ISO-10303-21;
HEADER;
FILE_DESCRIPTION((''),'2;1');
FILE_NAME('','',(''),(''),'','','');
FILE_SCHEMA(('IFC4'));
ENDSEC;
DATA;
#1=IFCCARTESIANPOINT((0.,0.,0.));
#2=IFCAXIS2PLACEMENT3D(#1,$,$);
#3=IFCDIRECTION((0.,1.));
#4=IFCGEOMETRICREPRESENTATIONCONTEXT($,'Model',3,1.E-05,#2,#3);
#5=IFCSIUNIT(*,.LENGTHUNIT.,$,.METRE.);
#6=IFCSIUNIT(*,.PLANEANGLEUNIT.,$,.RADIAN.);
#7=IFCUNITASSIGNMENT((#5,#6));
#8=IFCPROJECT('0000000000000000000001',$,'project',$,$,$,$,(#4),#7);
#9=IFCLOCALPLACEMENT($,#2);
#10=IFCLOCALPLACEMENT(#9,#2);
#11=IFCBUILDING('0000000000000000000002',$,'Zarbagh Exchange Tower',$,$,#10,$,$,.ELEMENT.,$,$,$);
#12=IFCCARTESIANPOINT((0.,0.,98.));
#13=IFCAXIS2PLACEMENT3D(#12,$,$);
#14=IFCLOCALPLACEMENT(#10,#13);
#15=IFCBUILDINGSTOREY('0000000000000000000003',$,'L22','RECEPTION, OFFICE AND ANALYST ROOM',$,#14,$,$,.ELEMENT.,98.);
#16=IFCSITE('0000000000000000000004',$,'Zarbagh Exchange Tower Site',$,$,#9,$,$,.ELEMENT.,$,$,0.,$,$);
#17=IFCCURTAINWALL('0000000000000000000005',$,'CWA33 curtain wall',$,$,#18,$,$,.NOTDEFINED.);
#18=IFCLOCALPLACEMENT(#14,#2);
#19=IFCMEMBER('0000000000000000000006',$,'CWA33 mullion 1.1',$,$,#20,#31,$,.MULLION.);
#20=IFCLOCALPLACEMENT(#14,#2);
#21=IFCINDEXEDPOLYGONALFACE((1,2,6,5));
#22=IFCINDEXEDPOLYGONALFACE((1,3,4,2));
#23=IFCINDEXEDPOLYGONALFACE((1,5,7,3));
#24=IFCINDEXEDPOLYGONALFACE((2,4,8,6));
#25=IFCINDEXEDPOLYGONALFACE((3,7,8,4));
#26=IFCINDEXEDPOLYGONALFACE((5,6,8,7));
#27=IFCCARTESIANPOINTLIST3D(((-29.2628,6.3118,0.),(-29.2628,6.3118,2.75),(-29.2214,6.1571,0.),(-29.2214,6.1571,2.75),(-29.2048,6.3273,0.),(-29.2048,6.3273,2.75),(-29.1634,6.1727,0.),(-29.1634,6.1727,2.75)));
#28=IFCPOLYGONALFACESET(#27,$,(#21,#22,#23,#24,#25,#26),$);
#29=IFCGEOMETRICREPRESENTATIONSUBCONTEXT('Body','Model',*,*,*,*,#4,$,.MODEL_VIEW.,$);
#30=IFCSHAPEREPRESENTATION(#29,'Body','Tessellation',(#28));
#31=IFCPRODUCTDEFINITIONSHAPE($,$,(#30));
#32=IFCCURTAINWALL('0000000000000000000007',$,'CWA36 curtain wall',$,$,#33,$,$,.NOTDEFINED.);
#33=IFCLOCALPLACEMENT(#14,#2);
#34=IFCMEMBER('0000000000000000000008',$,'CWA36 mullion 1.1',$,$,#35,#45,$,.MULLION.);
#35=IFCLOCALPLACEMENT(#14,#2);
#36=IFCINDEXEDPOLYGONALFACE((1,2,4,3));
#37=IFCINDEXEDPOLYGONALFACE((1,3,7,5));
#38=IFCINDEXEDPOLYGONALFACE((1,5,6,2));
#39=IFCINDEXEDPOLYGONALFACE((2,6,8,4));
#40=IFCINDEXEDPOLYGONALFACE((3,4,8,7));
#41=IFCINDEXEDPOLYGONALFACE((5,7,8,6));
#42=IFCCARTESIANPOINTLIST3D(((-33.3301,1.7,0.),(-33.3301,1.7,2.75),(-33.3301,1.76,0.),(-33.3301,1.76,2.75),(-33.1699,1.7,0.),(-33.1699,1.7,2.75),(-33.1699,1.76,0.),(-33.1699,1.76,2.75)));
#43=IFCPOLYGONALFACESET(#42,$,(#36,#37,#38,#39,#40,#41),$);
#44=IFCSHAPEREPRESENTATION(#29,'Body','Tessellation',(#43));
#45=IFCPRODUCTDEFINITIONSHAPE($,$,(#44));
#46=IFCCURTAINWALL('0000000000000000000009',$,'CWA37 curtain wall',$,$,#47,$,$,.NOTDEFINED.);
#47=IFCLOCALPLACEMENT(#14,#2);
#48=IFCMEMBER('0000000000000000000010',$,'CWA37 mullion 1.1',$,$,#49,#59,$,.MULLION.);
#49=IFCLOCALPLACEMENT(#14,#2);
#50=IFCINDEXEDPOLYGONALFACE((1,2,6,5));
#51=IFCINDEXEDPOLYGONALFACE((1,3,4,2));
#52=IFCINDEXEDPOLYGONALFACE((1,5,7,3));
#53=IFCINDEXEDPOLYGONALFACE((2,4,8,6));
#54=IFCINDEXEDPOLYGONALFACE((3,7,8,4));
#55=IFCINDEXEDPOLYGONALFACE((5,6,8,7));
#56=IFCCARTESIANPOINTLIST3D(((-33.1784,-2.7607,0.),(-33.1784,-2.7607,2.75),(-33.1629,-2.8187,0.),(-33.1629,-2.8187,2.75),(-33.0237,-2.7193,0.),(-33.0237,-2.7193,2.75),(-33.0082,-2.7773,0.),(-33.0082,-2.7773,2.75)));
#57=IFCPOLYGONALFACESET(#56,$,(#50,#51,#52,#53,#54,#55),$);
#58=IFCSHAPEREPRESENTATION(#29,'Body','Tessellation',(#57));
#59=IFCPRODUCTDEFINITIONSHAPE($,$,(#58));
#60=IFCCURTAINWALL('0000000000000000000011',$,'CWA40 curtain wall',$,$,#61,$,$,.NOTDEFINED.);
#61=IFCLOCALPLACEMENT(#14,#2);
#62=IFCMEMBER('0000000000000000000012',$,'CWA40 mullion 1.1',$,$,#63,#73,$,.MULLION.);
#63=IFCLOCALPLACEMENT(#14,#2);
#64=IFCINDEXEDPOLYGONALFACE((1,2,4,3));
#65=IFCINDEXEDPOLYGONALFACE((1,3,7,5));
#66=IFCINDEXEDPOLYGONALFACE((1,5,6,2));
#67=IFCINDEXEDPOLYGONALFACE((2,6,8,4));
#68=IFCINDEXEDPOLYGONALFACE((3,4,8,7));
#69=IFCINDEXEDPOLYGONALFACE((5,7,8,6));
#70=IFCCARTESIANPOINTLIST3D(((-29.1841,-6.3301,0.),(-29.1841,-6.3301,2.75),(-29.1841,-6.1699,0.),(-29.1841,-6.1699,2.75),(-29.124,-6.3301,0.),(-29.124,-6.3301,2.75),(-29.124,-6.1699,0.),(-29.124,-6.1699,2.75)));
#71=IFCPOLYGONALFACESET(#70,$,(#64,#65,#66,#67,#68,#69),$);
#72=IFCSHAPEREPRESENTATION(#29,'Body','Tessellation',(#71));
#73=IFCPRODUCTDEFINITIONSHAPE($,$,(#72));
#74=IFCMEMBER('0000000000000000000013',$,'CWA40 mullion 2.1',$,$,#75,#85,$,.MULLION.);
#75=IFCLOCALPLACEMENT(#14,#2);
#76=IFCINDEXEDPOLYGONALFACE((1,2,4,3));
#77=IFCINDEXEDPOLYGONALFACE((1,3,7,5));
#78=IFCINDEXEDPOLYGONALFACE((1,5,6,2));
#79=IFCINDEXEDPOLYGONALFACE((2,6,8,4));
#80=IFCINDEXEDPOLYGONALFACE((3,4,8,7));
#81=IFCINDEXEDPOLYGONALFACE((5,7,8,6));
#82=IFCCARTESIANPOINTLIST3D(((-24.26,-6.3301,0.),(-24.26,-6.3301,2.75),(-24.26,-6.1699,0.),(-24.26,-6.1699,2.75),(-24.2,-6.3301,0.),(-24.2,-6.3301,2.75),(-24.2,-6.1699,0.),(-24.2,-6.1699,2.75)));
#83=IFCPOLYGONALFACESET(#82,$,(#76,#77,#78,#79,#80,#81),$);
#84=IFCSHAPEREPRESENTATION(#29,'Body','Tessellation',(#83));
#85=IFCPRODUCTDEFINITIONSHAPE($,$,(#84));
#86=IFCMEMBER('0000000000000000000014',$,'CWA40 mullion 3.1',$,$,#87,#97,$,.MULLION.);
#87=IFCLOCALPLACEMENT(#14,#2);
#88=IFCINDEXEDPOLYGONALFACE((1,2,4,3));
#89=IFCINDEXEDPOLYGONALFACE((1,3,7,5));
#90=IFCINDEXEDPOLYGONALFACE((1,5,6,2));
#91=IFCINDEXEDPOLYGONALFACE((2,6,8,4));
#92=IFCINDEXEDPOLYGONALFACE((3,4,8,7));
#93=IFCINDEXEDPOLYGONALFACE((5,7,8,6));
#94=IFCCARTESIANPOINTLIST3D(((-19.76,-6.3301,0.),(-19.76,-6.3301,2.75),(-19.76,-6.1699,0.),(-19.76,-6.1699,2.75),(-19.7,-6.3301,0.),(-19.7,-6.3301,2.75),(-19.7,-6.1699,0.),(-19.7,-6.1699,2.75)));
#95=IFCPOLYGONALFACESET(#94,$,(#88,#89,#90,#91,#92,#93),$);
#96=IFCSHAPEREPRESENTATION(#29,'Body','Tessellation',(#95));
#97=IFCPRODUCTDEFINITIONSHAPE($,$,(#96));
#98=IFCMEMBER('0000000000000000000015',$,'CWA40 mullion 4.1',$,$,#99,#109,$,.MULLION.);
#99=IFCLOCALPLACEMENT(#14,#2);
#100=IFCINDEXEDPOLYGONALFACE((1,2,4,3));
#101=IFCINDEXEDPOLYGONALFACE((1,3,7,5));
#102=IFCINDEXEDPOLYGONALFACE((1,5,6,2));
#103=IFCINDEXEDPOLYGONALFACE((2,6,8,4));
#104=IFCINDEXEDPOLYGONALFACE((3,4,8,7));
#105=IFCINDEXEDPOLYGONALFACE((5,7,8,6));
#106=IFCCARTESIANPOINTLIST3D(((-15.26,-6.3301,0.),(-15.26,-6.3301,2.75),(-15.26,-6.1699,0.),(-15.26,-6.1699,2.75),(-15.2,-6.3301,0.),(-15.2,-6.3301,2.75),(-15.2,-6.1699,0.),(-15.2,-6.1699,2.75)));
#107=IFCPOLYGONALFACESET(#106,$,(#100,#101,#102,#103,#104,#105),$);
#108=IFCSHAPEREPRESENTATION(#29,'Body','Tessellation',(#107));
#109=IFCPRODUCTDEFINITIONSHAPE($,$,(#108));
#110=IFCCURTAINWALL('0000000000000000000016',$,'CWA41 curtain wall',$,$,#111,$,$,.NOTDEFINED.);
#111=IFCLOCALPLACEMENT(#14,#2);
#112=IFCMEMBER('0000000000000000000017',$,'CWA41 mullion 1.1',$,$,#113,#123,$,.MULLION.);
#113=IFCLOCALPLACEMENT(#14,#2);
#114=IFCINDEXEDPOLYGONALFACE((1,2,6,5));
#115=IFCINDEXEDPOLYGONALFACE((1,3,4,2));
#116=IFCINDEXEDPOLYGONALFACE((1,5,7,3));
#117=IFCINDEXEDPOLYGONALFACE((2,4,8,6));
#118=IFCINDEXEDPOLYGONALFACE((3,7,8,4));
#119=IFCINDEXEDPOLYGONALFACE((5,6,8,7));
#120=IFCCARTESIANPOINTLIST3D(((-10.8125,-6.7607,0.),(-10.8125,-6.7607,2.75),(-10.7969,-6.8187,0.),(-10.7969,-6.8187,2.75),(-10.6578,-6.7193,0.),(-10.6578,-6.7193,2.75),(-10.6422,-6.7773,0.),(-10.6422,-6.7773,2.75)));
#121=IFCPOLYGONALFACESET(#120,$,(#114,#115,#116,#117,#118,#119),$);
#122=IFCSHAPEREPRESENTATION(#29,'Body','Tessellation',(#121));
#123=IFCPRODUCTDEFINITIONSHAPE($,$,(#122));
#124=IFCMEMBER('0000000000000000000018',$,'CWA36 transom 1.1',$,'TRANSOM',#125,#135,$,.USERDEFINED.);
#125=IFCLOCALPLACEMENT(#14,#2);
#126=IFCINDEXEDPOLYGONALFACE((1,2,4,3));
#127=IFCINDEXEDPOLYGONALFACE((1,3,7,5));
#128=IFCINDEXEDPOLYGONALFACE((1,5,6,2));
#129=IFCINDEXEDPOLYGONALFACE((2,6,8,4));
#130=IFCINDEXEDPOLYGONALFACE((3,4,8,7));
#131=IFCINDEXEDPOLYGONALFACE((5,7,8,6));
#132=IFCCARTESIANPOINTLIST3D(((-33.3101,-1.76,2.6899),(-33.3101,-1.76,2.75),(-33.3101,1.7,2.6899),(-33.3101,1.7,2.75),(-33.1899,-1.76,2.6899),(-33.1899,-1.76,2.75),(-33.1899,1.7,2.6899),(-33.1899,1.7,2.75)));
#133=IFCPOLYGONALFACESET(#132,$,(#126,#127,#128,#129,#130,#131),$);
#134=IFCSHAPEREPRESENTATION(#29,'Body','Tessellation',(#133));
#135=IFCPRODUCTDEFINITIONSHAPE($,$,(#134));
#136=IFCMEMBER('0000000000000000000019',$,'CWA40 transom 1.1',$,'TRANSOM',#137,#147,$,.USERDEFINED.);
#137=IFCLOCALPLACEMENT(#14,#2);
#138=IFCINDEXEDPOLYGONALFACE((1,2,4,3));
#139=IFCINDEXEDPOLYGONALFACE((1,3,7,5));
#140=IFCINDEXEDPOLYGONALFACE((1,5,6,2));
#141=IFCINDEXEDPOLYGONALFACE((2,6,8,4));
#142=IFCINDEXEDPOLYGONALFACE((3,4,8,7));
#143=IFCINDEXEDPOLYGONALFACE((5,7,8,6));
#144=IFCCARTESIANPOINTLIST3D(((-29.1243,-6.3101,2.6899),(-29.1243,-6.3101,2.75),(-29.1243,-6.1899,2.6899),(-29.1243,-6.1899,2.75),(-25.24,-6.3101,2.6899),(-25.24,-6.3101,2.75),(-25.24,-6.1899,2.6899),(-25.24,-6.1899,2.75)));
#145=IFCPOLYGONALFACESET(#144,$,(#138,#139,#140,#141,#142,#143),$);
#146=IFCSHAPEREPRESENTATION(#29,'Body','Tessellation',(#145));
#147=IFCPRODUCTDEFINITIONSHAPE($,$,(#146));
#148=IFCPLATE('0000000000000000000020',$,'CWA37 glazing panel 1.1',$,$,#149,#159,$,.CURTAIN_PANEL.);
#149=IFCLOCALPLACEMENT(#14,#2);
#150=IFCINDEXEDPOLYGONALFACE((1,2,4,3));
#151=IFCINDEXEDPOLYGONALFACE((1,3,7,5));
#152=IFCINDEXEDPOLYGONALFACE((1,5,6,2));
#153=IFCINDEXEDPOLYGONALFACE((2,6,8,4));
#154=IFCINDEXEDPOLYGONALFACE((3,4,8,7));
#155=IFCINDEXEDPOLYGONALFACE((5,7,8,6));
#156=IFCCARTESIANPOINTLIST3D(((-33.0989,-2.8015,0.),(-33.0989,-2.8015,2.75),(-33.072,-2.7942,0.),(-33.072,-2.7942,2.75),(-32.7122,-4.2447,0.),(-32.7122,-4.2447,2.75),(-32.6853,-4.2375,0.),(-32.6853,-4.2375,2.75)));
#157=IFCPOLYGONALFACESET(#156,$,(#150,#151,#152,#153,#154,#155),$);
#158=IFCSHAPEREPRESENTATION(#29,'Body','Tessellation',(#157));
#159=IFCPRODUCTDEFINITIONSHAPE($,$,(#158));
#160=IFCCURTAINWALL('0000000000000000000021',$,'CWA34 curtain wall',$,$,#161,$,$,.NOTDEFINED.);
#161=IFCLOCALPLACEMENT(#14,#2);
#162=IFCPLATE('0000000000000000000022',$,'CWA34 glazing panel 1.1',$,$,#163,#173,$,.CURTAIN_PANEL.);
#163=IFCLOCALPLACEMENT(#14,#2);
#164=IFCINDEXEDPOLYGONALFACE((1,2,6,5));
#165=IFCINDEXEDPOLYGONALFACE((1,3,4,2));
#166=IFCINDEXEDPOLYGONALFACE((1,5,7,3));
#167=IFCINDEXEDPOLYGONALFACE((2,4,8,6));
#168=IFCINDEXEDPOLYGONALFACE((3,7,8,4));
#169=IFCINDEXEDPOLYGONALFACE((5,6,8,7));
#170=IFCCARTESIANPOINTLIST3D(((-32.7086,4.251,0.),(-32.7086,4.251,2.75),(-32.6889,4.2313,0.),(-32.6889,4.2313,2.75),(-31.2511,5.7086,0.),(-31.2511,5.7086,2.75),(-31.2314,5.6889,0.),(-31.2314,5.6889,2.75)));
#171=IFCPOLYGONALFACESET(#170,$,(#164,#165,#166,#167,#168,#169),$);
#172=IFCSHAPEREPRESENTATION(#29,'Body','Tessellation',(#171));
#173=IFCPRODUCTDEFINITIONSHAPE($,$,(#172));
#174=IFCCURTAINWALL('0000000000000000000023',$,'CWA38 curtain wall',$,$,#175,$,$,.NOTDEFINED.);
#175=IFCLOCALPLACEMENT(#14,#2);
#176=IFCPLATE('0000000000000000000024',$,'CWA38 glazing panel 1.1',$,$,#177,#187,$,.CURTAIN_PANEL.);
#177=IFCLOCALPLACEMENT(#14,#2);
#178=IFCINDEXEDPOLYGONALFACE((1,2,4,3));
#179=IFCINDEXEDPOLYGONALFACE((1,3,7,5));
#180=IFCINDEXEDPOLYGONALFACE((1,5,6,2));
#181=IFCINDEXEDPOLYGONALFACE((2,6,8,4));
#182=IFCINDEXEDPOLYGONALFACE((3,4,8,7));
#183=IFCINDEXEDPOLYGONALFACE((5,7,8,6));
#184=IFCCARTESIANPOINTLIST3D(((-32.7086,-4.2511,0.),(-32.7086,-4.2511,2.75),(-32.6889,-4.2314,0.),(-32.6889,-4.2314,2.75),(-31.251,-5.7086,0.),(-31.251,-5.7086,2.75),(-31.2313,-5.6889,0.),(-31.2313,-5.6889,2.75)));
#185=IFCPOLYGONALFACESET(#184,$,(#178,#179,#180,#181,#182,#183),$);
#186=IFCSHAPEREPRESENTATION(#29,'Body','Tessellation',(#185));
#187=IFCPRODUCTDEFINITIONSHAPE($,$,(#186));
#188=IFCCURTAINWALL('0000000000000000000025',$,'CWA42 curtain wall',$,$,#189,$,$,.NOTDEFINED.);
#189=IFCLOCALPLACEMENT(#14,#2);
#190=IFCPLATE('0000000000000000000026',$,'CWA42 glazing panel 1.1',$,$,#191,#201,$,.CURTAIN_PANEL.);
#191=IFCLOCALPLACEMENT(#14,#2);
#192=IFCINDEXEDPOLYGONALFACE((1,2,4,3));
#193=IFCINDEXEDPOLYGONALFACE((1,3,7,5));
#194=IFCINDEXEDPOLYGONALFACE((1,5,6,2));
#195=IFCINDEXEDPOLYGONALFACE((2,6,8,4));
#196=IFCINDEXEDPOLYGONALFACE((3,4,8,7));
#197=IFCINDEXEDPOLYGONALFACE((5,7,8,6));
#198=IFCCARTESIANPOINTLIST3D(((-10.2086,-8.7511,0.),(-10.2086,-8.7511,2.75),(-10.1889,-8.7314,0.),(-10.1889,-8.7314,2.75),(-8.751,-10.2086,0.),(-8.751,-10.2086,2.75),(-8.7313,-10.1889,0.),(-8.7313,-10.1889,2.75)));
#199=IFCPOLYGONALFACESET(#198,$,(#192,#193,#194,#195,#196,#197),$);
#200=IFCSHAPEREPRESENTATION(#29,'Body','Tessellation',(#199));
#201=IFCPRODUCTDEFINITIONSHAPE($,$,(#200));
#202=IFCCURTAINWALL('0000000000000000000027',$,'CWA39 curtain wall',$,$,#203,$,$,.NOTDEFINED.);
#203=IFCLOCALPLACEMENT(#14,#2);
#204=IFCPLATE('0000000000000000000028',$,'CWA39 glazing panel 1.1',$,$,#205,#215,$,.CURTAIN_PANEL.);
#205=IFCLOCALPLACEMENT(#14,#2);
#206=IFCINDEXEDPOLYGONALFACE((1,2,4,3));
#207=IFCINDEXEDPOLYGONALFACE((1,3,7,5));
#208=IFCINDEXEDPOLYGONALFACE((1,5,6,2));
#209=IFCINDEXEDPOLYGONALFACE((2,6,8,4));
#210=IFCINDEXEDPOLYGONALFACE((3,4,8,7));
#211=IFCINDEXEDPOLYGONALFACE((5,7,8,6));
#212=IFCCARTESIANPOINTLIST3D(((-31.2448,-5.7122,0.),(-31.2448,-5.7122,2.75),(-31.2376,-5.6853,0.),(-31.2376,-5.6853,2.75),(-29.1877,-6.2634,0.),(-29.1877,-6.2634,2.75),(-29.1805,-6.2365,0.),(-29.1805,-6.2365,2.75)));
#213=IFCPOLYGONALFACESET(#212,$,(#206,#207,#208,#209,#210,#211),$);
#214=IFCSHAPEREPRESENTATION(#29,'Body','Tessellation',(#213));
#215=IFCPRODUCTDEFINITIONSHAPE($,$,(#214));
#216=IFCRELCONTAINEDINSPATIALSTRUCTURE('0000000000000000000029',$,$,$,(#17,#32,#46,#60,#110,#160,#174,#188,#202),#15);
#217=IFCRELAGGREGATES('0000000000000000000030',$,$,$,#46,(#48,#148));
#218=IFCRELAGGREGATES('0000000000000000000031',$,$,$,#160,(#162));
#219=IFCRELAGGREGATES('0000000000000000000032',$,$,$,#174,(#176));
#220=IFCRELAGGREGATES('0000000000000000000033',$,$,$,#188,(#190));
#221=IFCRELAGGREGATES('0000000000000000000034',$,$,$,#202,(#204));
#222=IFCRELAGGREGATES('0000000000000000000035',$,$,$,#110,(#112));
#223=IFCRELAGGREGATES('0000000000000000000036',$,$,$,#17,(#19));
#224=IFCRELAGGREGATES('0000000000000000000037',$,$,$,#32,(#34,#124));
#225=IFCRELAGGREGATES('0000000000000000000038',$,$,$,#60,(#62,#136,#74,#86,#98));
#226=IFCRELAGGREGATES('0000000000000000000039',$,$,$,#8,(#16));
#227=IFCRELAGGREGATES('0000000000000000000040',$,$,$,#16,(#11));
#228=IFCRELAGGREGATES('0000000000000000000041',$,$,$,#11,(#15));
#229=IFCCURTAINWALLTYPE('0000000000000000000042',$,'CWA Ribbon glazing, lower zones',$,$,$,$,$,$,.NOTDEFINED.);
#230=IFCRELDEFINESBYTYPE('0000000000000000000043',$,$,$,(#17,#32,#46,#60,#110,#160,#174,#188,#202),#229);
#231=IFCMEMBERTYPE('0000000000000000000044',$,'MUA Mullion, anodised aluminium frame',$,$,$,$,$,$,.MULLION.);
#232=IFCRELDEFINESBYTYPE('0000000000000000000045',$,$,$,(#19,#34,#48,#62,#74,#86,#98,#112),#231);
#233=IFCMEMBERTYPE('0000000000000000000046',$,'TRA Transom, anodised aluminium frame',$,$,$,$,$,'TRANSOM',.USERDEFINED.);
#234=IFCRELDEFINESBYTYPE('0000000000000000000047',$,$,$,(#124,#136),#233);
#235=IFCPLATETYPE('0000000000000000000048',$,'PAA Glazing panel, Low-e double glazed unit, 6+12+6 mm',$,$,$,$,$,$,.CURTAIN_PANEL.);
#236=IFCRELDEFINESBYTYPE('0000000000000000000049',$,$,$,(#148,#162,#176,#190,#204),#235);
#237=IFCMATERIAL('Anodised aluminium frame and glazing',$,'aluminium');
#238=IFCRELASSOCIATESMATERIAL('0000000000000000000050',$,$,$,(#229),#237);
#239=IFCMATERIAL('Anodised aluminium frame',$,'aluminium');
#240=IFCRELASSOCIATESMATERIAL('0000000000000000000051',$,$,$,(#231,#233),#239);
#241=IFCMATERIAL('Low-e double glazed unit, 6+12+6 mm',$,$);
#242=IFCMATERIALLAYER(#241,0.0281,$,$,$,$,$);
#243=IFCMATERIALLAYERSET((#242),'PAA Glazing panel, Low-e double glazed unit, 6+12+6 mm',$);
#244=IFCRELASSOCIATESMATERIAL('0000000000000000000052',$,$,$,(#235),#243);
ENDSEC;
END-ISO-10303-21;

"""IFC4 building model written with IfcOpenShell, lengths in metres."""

from ifc_helpers import new_model, si_unit, direction, frame, origin, place, context, subcontext, project, spatial, polyline, outline, extrude, source, transform, mapped, material, layer, layer_set, type_object, element, aggregate, save


model = new_model("IFC4")

# Units and contexts
model_context = context("Model", 3, precision=1e-05, world=origin(), true_north=direction((0.0, 1.0)))
body_context = subcontext(model_context, "Body", "Model", "MODEL_VIEW")
ifc_project = project(units=[si_unit("LENGTHUNIT", "METRE"), si_unit("PLANEANGLEUNIT", "RADIAN")], contexts=[model_context])

# Site, building, storey
site_placement = place(None, origin())
site = spatial("IfcSite", under=ifc_project, at=site_placement, Name="Zarbagh Exchange Tower Site", CompositionType="ELEMENT", RefElevation=0.0)
building_placement = place(site_placement, origin())
building = spatial("IfcBuilding", under=site, at=building_placement, Name="Zarbagh Exchange Tower", CompositionType="ELEMENT")
storey_placement = place(building_placement, frame((0.0, 0.0, 98.0)))
storey = spatial("IfcBuildingStorey", under=building, at=storey_placement, Name="L22", Description="RECEPTION, OFFICE AND ANALYST ROOM", CompositionType="ELEMENT", Elevation=98.0)

# Curtain walls, members
ifc_material_1 = material(Name="Anodised aluminium frame and glazing", Category="aluminium")
curtain_wall_type = type_object("IfcCurtainWallType", Name="CWA Ribbon glazing, lower zones", PredefinedType="NOTDEFINED", material=ifc_material_1)
curtain_wall_1_placement = place(storey_placement, origin())
curtain_wall_1 = element("IfcCurtainWall", 1, at=curtain_wall_1_placement, inside=storey, type_object=curtain_wall_type, Name="CWA33 curtain wall", PredefinedType="NOTDEFINED")
ifc_material_2 = material(Name="Anodised aluminium frame", Category="aluminium")
member_type_1 = type_object("IfcMemberType", Name="MUA Mullion, anodised aluminium frame", PredefinedType="MULLION", material=ifc_material_2)
shared_shape_1 = source(origin(), body_context, "Body", "SweptSolid", [
    extrude(outline(polyline([(0.0, -0.0801), (0.0601, -0.0801), (0.0601, 0.0801), (0.0, 0.0801), (0.0, -0.0801)])), origin(), (0.0, 0.0, 1.0), 2.75),
])
placement = place(storey_placement, origin())
member_1 = element("IfcMember", 2, at=placement, type_object=member_type_1, Name="CWA33 mullion 1.1", PredefinedType="MULLION", context=body_context, shape_type="MappedRepresentation", body=[
    mapped(shared_shape_1, transform((-29.1841, 6.25, 0.0), x_axis=(-0.965924, -0.258825, 0.0), y_axis=(0.258825, -0.965924, 0.0), z_axis=(0.0, 0.0, 1.0))),
])
curtain_wall_2_placement = place(storey_placement, origin())
curtain_wall_2 = element("IfcCurtainWall", 3, at=curtain_wall_2_placement, inside=storey, type_object=curtain_wall_type, Name="CWA36 curtain wall", PredefinedType="NOTDEFINED")
member_2 = element("IfcMember", 4, at=placement, type_object=member_type_1, Name="CWA36 mullion 1.1", PredefinedType="MULLION", context=body_context, shape_type="MappedRepresentation", body=[
    mapped(shared_shape_1, transform((-33.25, 1.76, 0.0), x_axis=(0.0, -1.0, 0.0), y_axis=(1.0, 0.0, 0.0), z_axis=(0.0, 0.0, 1.0))),
])
curtain_wall_3_placement = place(storey_placement, origin())
curtain_wall_3 = element("IfcCurtainWall", 5, at=curtain_wall_3_placement, inside=storey, type_object=curtain_wall_type, Name="CWA37 curtain wall", PredefinedType="NOTDEFINED")
member_3 = element("IfcMember", 6, at=placement, type_object=member_type_1, Name="CWA37 mullion 1.1", PredefinedType="MULLION", context=body_context, shape_type="MappedRepresentation", body=[
    mapped(shared_shape_1, transform((-33.1011, -2.74, 0.0), x_axis=(0.258825, -0.965924, 0.0), y_axis=(0.965924, 0.258825, 0.0), z_axis=(0.0, 0.0, 1.0))),
])

# Curtain wall, members
curtain_wall_4_placement = place(storey_placement, origin())
curtain_wall_4 = element("IfcCurtainWall", 7, at=curtain_wall_4_placement, inside=storey, type_object=curtain_wall_type, Name="CWA40 curtain wall", PredefinedType="NOTDEFINED")
member_4 = element("IfcMember", 8, at=placement, type_object=member_type_1, Name="CWA40 mullion 1.1", PredefinedType="MULLION", context=body_context, shape_type="MappedRepresentation", body=[
    mapped(shared_shape_1, transform((-29.1841, -6.25, 0.0), x_axis=(1.0, 0.0, 0.0), y_axis=(0.0, 1.0, 0.0), z_axis=(0.0, 0.0, 1.0))),
])
member_5 = element("IfcMember", 9, at=placement, type_object=member_type_1, Name="CWA40 mullion 2.1", PredefinedType="MULLION", context=body_context, shape_type="MappedRepresentation", body=[
    mapped(shared_shape_1, transform((-24.26, -6.25, 0.0), x_axis=(1.0, 0.0, 0.0), y_axis=(0.0, 1.0, 0.0), z_axis=(0.0, 0.0, 1.0))),
])
member_6 = element("IfcMember", 10, at=placement, type_object=member_type_1, Name="CWA40 mullion 3.1", PredefinedType="MULLION", context=body_context, shape_type="MappedRepresentation", body=[
    mapped(shared_shape_1, transform((-19.76, -6.25, 0.0), x_axis=(1.0, 0.0, 0.0), y_axis=(0.0, 1.0, 0.0), z_axis=(0.0, 0.0, 1.0))),
])
member_7 = element("IfcMember", 11, at=placement, type_object=member_type_1, Name="CWA40 mullion 4.1", PredefinedType="MULLION", context=body_context, shape_type="MappedRepresentation", body=[
    mapped(shared_shape_1, transform((-15.26, -6.25, 0.0), x_axis=(1.0, 0.0, 0.0), y_axis=(0.0, 1.0, 0.0), z_axis=(0.0, 0.0, 1.0))),
])

# Curtain wall, member
curtain_wall_5_placement = place(storey_placement, origin())
curtain_wall_5 = element("IfcCurtainWall", 12, at=curtain_wall_5_placement, inside=storey, type_object=curtain_wall_type, Name="CWA41 curtain wall", PredefinedType="NOTDEFINED")
member_8 = element("IfcMember", 13, at=placement, type_object=member_type_1, Name="CWA41 mullion 1.1", PredefinedType="MULLION", context=body_context, shape_type="MappedRepresentation", body=[
    mapped(shared_shape_1, transform((-10.7351, -6.74, 0.0), x_axis=(0.258825, -0.965924, 0.0), y_axis=(0.965924, 0.258825, 0.0), z_axis=(0.0, 0.0, 1.0))),
])

# Members
member_type_2 = type_object("IfcMemberType", Name="TRA Transom, anodised aluminium frame", ElementType="TRANSOM", PredefinedType="USERDEFINED", material=ifc_material_2)
shared_shape_2 = source(origin(), body_context, "Body", "SweptSolid", [
    extrude(outline(polyline([(-0.0601, -0.0601), (0.0, -0.0601), (0.0, 0.0601), (-0.0601, 0.0601), (-0.0601, -0.0601)])), origin(), (0.0, 0.0, 1.0), 3.46),
])
member_9 = element("IfcMember", 14, at=placement, type_object=member_type_2, Name="CWA36 transom 1.1", ObjectType="TRANSOM", PredefinedType="USERDEFINED", context=body_context, shape_type="MappedRepresentation", body=[
    mapped(shared_shape_2, transform((-33.25, 1.7, 2.75), x_axis=(0.0, 0.0, 1.0), y_axis=(-1.0, 0.0, 0.0), z_axis=(0.0, -1.0, 0.0))),
])
shared_shape_3 = source(origin(), body_context, "Body", "SweptSolid", [
    extrude(outline(polyline([(-0.0601, -0.0601), (0.0, -0.0601), (0.0, 0.0601), (-0.0601, 0.0601), (-0.0601, -0.0601)])), origin(), (0.0, 0.0, 1.0), 3.8843),
])
member_10 = element("IfcMember", 15, at=placement, type_object=member_type_2, Name="CWA40 transom 1.1", ObjectType="TRANSOM", PredefinedType="USERDEFINED", context=body_context, shape_type="MappedRepresentation", body=[
    mapped(shared_shape_3, transform((-29.1243, -6.25, 2.75), x_axis=(0.0, 0.0, 1.0), y_axis=(0.0, -1.0, 0.0), z_axis=(1.0, 0.0, 0.0))),
])

# Plate
ifc_material_3 = material(Name="Low-e double glazed unit, 6+12+6 mm")
ifc_layer = layer(ifc_material_3, 0.0281)
ifc_layer_set = layer_set([ifc_layer], Name="PAA Glazing panel, Low-e double glazed unit, 6+12+6 mm")
plate_type = type_object("IfcPlateType", Name="PAA Glazing panel, Low-e double glazed unit, 6+12+6 mm", PredefinedType="CURTAIN_PANEL", material=ifc_layer_set)
shared_shape_4 = source(origin(), body_context, "Body", "SweptSolid", [
    extrude(outline(polyline([(0.0, -0.0139), (1.4941, -0.0139), (1.4941, 0.0139), (0.0, 0.0139), (0.0, -0.0139)])), origin(), (0.0, 0.0, 1.0), 2.75),
])
plate_1 = element("IfcPlate", 16, at=placement, type_object=plate_type, Name="CWA37 glazing panel 1.1", PredefinedType="CURTAIN_PANEL", context=body_context, shape_type="MappedRepresentation", body=[
    mapped(shared_shape_4, transform((-33.0854, -2.7979, 0.0), x_axis=(0.258825, -0.965924, 0.0), y_axis=(0.965924, 0.258825, 0.0), z_axis=(0.0, 0.0, 1.0))),
])
aggregate(curtain_wall_3, [member_3, plate_1])

# Curtain walls, plates
curtain_wall_6_placement = place(storey_placement, origin())
curtain_wall_6 = element("IfcCurtainWall", 17, at=curtain_wall_6_placement, inside=storey, type_object=curtain_wall_type, Name="CWA34 curtain wall", PredefinedType="NOTDEFINED")
shared_shape_5 = source(origin(), body_context, "Body", "SweptSolid", [
    extrude(outline(polyline([(0.0, -0.0139), (2.0613, -0.0139), (2.0613, 0.0139), (0.0, 0.0139), (0.0, -0.0139)])), origin(), (0.0, 0.0, 1.0), 2.75),
])
plate_2 = element("IfcPlate", 18, at=placement, type_object=plate_type, Name="CWA34 glazing panel 1.1", PredefinedType="CURTAIN_PANEL", context=body_context, shape_type="MappedRepresentation", body=[
    mapped(shared_shape_5, transform((-31.2412, 5.6987, 0.0), x_axis=(-0.707107, -0.707107, 0.0), y_axis=(0.707107, -0.707107, 0.0), z_axis=(0.0, 0.0, 1.0))),
])
aggregate(curtain_wall_6, [plate_2])
curtain_wall_7_placement = place(storey_placement, origin())
curtain_wall_7 = element("IfcCurtainWall", 19, at=curtain_wall_7_placement, inside=storey, type_object=curtain_wall_type, Name="CWA38 curtain wall", PredefinedType="NOTDEFINED")
plate_3 = element("IfcPlate", 20, at=placement, type_object=plate_type, Name="CWA38 glazing panel 1.1", PredefinedType="CURTAIN_PANEL", context=body_context, shape_type="MappedRepresentation", body=[
    mapped(shared_shape_5, transform((-32.6987, -4.2412, 0.0), x_axis=(0.707107, -0.707107, 0.0), y_axis=(0.707107, 0.707107, 0.0), z_axis=(0.0, 0.0, 1.0))),
])
aggregate(curtain_wall_7, [plate_3])
curtain_wall_8_placement = place(storey_placement, origin())
curtain_wall_8 = element("IfcCurtainWall", 21, at=curtain_wall_8_placement, inside=storey, type_object=curtain_wall_type, Name="CWA42 curtain wall", PredefinedType="NOTDEFINED")
plate_4 = element("IfcPlate", 22, at=placement, type_object=plate_type, Name="CWA42 glazing panel 1.1", PredefinedType="CURTAIN_PANEL", context=body_context, shape_type="MappedRepresentation", body=[
    mapped(shared_shape_5, transform((-10.1987, -8.7412, 0.0), x_axis=(0.707107, -0.707107, 0.0), y_axis=(0.707107, 0.707107, 0.0), z_axis=(0.0, 0.0, 1.0))),
])
aggregate(curtain_wall_8, [plate_4])
curtain_wall_9_placement = place(storey_placement, origin())
curtain_wall_9 = element("IfcCurtainWall", 23, at=curtain_wall_9_placement, inside=storey, type_object=curtain_wall_type, Name="CWA39 curtain wall", PredefinedType="NOTDEFINED")
shared_shape_6 = source(origin(), body_context, "Body", "SweptSolid", [
    extrude(outline(polyline([(0.0, -0.0139), (2.1296, -0.0139), (2.1296, 0.0139), (0.0, 0.0139), (0.0, -0.0139)])), origin(), (0.0, 0.0, 1.0), 2.75),
])
plate_5 = element("IfcPlate", 24, at=placement, type_object=plate_type, Name="CWA39 glazing panel 1.1", PredefinedType="CURTAIN_PANEL", context=body_context, shape_type="MappedRepresentation", body=[
    mapped(shared_shape_6, transform((-31.2412, -5.6987, 0.0), x_axis=(0.965924, -0.258825, 0.0), y_axis=(0.258825, 0.965924, 0.0), z_axis=(0.0, 0.0, 1.0))),
])
aggregate(curtain_wall_9, [plate_5])

aggregate(curtain_wall_5, [member_8])

aggregate(curtain_wall_1, [member_1])

aggregate(curtain_wall_2, [member_2, member_9])
aggregate(curtain_wall_4, [member_4, member_10, member_5, member_6, member_7])

save(model, "model.ifc")
